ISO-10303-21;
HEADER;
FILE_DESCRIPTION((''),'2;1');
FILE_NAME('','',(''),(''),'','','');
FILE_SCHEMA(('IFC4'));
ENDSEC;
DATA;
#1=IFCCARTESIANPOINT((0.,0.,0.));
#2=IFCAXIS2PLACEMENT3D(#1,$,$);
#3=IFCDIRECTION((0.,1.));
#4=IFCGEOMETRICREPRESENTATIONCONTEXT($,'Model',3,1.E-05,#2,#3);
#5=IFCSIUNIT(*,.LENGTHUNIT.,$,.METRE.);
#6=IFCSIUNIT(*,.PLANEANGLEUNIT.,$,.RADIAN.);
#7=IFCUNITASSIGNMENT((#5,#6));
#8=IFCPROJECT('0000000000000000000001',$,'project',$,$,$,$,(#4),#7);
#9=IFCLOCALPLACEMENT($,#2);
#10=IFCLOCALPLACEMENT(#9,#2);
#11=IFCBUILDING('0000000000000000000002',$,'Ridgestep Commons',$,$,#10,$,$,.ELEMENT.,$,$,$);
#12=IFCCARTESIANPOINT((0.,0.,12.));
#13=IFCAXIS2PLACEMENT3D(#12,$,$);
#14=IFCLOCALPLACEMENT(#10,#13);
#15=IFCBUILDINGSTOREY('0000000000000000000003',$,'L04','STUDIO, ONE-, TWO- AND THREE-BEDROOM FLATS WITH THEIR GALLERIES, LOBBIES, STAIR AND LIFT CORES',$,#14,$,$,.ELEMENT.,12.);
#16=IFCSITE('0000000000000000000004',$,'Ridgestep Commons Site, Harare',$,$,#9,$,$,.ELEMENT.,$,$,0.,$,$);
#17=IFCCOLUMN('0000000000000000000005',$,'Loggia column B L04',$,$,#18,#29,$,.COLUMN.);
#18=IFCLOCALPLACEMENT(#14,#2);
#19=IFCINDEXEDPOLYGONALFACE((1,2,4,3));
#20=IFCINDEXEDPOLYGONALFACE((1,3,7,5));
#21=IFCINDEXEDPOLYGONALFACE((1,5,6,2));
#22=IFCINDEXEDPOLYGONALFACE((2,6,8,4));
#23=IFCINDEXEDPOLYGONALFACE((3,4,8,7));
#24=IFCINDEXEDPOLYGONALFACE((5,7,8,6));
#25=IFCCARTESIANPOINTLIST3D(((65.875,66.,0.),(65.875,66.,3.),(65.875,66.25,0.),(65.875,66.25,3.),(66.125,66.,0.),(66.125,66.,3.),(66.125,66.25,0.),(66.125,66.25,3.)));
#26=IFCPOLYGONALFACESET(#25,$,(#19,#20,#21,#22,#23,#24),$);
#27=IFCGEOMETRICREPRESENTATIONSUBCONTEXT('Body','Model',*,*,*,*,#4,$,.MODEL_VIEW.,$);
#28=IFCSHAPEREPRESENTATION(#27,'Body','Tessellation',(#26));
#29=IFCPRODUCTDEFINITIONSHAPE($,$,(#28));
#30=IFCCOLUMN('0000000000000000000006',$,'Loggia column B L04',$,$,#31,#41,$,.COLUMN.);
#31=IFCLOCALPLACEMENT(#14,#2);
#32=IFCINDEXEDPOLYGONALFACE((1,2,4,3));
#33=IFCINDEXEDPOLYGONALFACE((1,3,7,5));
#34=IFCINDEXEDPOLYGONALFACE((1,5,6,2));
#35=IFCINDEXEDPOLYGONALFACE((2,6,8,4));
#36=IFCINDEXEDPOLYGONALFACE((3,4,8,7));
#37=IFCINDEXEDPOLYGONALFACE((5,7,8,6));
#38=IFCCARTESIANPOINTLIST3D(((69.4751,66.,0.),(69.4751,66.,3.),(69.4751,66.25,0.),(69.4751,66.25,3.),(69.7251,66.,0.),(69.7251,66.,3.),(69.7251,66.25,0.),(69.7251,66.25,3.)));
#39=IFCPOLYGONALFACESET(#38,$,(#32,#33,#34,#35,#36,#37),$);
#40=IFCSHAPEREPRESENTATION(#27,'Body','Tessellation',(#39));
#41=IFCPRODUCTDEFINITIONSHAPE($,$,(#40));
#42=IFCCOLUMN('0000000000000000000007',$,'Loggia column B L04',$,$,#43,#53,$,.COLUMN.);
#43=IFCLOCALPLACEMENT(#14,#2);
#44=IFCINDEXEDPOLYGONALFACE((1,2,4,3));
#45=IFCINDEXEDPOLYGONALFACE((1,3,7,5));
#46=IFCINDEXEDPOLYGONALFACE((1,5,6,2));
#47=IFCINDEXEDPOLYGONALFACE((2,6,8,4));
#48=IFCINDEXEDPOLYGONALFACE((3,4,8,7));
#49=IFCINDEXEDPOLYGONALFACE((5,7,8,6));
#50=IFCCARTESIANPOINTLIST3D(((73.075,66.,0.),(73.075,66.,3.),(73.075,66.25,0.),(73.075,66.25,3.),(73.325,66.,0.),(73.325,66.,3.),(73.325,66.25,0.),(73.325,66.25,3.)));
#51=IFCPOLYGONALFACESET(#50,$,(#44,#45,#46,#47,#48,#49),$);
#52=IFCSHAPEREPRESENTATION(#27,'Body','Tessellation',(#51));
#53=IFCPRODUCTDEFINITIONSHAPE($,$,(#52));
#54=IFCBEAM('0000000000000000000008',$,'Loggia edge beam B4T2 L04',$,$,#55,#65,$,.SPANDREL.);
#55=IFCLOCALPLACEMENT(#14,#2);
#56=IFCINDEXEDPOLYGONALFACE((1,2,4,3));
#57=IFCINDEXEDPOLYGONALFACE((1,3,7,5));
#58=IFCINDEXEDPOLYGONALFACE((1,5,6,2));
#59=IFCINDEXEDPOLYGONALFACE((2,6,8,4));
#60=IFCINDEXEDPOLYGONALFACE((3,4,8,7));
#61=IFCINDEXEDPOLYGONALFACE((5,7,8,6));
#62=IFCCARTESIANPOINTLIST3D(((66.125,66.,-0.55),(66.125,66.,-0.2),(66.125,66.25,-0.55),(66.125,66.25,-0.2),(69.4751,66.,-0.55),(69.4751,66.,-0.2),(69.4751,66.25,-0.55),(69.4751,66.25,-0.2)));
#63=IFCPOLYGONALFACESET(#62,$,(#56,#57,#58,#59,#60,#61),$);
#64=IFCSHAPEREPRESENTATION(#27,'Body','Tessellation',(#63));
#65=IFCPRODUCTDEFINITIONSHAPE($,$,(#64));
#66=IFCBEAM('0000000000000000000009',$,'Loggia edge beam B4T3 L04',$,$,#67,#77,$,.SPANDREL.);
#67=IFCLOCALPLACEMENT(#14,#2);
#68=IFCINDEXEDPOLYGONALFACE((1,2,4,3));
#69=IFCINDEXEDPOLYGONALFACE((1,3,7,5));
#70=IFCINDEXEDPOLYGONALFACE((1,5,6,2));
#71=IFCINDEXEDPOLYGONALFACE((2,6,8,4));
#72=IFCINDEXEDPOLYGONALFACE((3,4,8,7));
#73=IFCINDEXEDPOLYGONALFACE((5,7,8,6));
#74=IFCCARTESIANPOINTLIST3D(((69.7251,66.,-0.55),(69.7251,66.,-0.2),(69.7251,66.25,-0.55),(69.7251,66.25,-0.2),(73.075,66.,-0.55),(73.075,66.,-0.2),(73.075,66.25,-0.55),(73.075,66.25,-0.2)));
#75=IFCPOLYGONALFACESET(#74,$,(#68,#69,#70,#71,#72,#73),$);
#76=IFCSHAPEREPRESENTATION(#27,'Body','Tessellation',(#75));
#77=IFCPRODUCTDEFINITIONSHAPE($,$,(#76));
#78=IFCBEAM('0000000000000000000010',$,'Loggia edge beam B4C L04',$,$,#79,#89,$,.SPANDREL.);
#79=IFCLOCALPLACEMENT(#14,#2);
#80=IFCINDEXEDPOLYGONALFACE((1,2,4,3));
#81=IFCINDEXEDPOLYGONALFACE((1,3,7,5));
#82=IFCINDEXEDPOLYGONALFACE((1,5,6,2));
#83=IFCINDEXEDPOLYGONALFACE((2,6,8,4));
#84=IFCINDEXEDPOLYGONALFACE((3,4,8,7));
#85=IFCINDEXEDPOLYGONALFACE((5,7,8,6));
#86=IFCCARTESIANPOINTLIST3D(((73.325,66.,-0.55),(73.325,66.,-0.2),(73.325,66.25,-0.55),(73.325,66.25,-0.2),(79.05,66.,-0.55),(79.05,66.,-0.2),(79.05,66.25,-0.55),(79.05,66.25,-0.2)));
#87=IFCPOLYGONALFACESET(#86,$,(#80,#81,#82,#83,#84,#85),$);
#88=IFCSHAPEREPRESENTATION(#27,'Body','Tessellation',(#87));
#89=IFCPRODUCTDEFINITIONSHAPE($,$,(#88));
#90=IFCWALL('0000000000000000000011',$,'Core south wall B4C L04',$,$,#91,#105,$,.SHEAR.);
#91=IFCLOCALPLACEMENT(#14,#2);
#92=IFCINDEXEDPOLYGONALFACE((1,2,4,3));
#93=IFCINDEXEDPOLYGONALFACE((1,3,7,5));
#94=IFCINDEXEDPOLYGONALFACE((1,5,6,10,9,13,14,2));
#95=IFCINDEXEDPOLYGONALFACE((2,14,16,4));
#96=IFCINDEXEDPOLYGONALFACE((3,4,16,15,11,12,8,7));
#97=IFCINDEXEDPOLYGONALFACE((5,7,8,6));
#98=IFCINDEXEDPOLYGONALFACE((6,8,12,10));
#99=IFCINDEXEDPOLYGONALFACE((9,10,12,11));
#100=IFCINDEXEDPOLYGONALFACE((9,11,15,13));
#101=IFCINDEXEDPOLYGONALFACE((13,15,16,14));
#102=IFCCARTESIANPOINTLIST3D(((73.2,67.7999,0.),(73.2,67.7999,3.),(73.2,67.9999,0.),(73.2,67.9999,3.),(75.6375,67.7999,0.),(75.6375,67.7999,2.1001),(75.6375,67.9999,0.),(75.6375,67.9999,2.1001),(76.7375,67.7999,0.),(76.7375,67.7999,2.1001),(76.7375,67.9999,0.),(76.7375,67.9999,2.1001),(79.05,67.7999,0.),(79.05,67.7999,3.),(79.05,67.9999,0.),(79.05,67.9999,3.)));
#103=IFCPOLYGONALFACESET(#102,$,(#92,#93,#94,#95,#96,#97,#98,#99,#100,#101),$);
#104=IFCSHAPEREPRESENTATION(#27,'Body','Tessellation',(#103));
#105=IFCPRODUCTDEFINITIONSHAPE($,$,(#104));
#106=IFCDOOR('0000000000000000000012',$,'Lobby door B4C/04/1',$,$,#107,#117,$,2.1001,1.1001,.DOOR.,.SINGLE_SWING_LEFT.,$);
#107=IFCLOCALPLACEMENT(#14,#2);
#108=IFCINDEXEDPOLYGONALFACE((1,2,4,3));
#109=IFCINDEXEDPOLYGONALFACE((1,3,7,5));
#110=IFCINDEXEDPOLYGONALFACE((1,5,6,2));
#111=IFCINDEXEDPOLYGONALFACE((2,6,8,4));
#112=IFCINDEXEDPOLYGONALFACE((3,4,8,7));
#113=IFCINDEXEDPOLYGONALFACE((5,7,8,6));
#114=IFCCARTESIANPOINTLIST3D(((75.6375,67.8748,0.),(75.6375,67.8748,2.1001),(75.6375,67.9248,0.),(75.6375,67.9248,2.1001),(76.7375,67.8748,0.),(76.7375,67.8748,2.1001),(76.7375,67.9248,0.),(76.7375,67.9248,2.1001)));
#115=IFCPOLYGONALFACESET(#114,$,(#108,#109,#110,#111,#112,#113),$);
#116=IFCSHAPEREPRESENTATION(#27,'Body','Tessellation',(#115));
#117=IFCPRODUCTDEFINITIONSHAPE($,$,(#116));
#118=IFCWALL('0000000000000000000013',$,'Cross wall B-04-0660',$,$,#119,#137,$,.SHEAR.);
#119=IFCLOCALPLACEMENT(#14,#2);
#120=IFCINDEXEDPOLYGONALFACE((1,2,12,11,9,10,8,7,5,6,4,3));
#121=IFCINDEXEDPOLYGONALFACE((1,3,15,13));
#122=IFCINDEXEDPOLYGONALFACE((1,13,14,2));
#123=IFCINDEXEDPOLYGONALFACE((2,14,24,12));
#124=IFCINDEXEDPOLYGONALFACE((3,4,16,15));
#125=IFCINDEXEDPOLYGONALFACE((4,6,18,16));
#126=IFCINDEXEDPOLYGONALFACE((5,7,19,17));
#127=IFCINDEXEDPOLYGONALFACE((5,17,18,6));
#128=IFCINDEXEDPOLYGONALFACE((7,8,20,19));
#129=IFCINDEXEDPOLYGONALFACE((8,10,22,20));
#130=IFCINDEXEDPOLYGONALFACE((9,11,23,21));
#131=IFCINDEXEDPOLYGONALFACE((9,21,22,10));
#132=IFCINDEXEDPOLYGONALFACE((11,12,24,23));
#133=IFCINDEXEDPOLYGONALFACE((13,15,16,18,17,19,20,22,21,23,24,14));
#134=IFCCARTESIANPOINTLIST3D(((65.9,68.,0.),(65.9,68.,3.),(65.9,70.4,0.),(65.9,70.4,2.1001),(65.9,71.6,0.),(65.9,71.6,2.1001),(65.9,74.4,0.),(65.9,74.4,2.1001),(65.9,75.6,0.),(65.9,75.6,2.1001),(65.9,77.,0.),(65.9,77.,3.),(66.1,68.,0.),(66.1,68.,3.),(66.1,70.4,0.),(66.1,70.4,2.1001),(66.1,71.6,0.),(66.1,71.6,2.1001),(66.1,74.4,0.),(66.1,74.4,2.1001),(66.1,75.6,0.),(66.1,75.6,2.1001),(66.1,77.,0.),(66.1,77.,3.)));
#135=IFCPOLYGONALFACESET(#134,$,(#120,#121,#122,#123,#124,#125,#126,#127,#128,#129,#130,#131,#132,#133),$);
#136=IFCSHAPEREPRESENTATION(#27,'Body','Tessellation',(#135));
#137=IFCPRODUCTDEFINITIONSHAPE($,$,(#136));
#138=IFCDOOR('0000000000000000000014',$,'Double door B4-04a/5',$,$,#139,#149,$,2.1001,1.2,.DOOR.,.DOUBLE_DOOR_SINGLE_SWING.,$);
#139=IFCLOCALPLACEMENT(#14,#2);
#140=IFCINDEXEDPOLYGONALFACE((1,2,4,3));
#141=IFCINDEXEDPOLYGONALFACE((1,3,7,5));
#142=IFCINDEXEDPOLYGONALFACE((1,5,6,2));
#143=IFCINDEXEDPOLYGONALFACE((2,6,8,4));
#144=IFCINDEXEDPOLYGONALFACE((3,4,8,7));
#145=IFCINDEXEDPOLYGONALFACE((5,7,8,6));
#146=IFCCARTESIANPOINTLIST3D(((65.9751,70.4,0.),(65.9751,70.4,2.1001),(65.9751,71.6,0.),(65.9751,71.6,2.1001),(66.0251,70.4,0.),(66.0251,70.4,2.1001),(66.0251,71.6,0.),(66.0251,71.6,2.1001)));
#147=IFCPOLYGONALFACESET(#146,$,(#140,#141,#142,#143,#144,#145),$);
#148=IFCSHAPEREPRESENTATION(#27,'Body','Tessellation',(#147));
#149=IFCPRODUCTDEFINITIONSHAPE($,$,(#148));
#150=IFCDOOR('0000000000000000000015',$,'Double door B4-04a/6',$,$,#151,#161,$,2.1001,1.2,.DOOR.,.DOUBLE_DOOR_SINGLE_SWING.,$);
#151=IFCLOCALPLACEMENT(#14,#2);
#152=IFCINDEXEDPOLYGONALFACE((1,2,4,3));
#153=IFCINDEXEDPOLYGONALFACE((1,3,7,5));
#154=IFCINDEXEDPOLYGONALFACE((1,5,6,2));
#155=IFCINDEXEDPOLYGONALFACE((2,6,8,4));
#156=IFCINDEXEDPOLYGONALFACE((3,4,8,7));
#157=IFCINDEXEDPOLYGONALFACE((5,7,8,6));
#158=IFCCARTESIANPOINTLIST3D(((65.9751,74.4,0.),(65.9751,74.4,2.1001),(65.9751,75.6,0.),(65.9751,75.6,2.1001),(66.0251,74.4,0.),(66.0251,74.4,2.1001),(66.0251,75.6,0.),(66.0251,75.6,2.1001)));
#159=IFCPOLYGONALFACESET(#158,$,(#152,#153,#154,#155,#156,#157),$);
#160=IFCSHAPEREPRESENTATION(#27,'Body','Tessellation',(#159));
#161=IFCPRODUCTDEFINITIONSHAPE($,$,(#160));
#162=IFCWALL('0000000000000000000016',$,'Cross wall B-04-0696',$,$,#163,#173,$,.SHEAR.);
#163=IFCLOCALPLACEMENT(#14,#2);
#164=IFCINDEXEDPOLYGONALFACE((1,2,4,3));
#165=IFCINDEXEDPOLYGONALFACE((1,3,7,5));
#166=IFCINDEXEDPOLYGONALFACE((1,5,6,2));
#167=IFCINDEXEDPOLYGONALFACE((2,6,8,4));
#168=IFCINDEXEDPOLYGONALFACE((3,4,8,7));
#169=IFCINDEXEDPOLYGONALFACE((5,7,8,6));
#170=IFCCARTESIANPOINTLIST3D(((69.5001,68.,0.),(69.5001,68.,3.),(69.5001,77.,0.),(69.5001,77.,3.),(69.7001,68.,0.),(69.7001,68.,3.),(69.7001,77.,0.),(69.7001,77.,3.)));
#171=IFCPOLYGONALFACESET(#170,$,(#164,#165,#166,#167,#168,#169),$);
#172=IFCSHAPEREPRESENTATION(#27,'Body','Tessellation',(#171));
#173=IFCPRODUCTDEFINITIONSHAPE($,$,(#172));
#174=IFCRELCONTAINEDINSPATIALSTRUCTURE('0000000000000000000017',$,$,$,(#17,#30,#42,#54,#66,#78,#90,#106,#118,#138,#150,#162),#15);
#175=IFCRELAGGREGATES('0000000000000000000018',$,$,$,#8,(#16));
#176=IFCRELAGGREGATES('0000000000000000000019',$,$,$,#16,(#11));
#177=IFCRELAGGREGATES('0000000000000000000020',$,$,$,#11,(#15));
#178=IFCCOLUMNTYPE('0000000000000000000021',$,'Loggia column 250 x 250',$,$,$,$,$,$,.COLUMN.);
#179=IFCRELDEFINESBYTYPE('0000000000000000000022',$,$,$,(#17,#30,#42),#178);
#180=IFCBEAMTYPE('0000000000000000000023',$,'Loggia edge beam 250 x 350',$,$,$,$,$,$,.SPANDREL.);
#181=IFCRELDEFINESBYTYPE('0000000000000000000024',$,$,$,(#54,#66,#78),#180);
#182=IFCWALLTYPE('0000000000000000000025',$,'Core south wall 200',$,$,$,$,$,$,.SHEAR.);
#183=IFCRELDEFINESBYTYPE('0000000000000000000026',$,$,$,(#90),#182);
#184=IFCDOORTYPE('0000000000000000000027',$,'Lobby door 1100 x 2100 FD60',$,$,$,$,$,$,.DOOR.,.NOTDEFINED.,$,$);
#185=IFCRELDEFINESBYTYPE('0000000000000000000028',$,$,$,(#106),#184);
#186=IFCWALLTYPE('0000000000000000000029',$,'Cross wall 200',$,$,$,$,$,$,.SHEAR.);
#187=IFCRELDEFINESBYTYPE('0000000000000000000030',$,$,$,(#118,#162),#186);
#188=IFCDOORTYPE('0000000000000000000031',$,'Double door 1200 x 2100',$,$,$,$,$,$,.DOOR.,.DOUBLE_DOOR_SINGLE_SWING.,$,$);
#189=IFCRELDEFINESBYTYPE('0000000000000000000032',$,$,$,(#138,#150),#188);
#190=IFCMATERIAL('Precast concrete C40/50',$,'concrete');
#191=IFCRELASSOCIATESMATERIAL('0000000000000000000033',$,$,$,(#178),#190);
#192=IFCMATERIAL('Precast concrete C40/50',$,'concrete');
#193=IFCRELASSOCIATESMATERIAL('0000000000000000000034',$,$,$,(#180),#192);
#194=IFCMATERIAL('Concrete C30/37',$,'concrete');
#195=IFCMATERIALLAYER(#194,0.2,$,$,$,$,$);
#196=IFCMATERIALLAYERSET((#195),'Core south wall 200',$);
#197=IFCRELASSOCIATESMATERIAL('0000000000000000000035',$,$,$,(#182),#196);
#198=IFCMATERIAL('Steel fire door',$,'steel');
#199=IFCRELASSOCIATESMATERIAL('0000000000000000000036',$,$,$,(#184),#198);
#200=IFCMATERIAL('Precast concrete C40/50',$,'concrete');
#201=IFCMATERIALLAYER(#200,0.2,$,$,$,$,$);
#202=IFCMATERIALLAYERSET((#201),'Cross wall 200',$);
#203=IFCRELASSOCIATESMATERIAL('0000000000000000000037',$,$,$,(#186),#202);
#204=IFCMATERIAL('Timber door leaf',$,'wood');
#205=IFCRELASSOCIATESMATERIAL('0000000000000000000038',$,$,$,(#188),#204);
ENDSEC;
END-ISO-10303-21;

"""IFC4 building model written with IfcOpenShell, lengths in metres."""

from ifc_helpers import new_model, si_unit, direction, frame, frame_2d, origin, origin_2d, place, context, subcontext, project, spatial, rectangle, extrude, material, layer, layer_set, material_profile, profile_set, type_object, element, fill, save


model = new_model("IFC4")

# Units and contexts
model_context = context("Model", 3, precision=1e-05, world=origin(), true_north=direction((0.0, 1.0)))
body_context = subcontext(model_context, "Body", "Model", "MODEL_VIEW")
ifc_project = project(units=[si_unit("LENGTHUNIT", "METRE"), si_unit("PLANEANGLEUNIT", "RADIAN")], contexts=[model_context])

# Site, building, storey
site_placement = place(None, origin())
site = spatial("IfcSite", under=ifc_project, at=site_placement, Name="Ridgestep Commons Site, Harare", CompositionType="ELEMENT", RefElevation=0.0)
building_placement = place(site_placement, origin())
building = spatial("IfcBuilding", under=site, at=building_placement, Name="Ridgestep Commons", CompositionType="ELEMENT")
storey_placement = place(building_placement, frame((0.0, 0.0, 12.0)))
storey = spatial("IfcBuildingStorey", under=building, at=storey_placement, Name="L04", Description="STUDIO, ONE-, TWO- AND THREE-BEDROOM FLATS WITH THEIR GALLERIES, LOBBIES, STAIR AND LIFT CORES", CompositionType="ELEMENT", Elevation=12.0)

# Columns
ifc_material_1 = material(Name="Precast concrete C40/50", Category="concrete")
ifc_material_profile_1 = material_profile(ifc_material_1, rectangle(XDim=0.25, YDim=0.25, at=origin_2d()), Name="PC 250x250")
ifc_profile_set_1 = profile_set([ifc_material_profile_1], Name="Precast concrete C40/50")
column_type = type_object("IfcColumnType", Name="Loggia column 250 x 250", PredefinedType="COLUMN", material=ifc_profile_set_1)
for number, where, z_axis, x_axis, name in (
    (1, (66.0, 66.125, 0.0), (0.0, 0.0, 1.0), (1.0, 0.0, 0.0), "Loggia column B L04"),
    (2, (69.6001, 66.125, 0.0), (0.0, 0.0, 1.0), (1.0, 0.0, 0.0), "Loggia column B L04"),
    (3, (73.2, 66.125, 0.0), (0.0, 0.0, 1.0), (1.0, 0.0, 0.0), "Loggia column B L04"),
):
    element("IfcColumn", number, at=place(storey_placement, frame(where, z_axis=z_axis, x_axis=x_axis)), inside=storey, type_object=column_type, Name=name, PredefinedType="COLUMN", context=body_context, shape_type="SweptSolid", body=[
        extrude(rectangle(XDim=0.25, YDim=0.25, at=origin_2d()), origin(), (0.0, 0.0, 1.0), 3.0),
    ])

# Beams
ifc_material_2 = material(Name="Precast concrete C40/50", Category="concrete")
ifc_material_profile_2 = material_profile(ifc_material_2, rectangle(XDim=0.25, YDim=0.3501, at=origin_2d()), Name="PC 250x350")
ifc_profile_set_2 = profile_set([ifc_material_profile_2], Name="Precast concrete C40/50")
beam_type = type_object("IfcBeamType", Name="Loggia edge beam 250 x 350", PredefinedType="SPANDREL", material=ifc_profile_set_2)
beam_1_placement = place(storey_placement, frame((66.125, 66.125, -0.375), z_axis=(1.0, 0.0, 0.0), x_axis=(0.0, 1.0, 0.0)))
element("IfcBeam", 4, at=beam_1_placement, inside=storey, type_object=beam_type, Name="Loggia edge beam B4T2 L04", PredefinedType="SPANDREL", context=body_context, shape_type="SweptSolid", body=[
    extrude(rectangle(XDim=0.25, YDim=0.3501, at=origin_2d()), origin(), (0.0, 0.0, 1.0), 3.3501),
])
beam_2_placement = place(storey_placement, frame((69.7251, 66.125, -0.375), z_axis=(1.0, 0.0, 0.0), x_axis=(0.0, 1.0, 0.0)))
element("IfcBeam", 5, at=beam_2_placement, inside=storey, type_object=beam_type, Name="Loggia edge beam B4T3 L04", PredefinedType="SPANDREL", context=body_context, shape_type="SweptSolid", body=[
    extrude(rectangle(XDim=0.25, YDim=0.3501, at=origin_2d()), origin(), (0.0, 0.0, 1.0), 3.3499),
])
beam_3_placement = place(storey_placement, frame((73.325, 66.125, -0.375), z_axis=(1.0, 0.0, 0.0), x_axis=(0.0, 1.0, 0.0)))
element("IfcBeam", 6, at=beam_3_placement, inside=storey, type_object=beam_type, Name="Loggia edge beam B4C L04", PredefinedType="SPANDREL", context=body_context, shape_type="SweptSolid", body=[
    extrude(rectangle(XDim=0.25, YDim=0.3501, at=origin_2d()), origin(), (0.0, 0.0, 1.0), 5.7251),
])

# Wall, opening, door
ifc_material_3 = material(Name="Concrete C30/37", Category="concrete")
ifc_layer_1 = layer(ifc_material_3, 0.2)
ifc_layer_set_1 = layer_set([ifc_layer_1], Name="Core south wall 200")
wall_type_1 = type_object("IfcWallType", Name="Core south wall 200", PredefinedType="SHEAR", material=ifc_layer_set_1)
wall_1_placement = place(storey_placement, frame((73.2, 67.8999, 0.0), z_axis=(0.0, 0.0, 1.0), x_axis=(1.0, 0.0, 0.0)))
wall_1 = element("IfcWall", 7, at=wall_1_placement, inside=storey, type_object=wall_type_1, Name="Core south wall B4C L04", PredefinedType="SHEAR", context=body_context, shape_type="SweptSolid", body=[
    extrude(rectangle(XDim=5.8501, YDim=0.2, at=frame_2d((2.925, 0.0))), origin(), (0.0, 0.0, 1.0), 3.0),
])
opening_1_placement = place(wall_1_placement, frame((2.4375, 0.0, 0.0)))
opening_1 = element("IfcOpeningElement", 8, at=opening_1_placement, cuts=wall_1, PredefinedType="OPENING", context=body_context, shape_type="SweptSolid", body=[
    extrude(rectangle(XDim=1.1001, YDim=2.1001, at=frame_2d((0.55, 1.05))), frame((0.0, 0.1099, 0.0), z_axis=(0.0, -1.0, 0.0), x_axis=(1.0, 0.0, 0.0)), (0.0, 0.0, 1.0), 0.22),
])
ifc_material_4 = material(Name="Steel fire door", Category="steel")
door_type_1 = type_object("IfcDoorType", Name="Lobby door 1100 x 2100 FD60", OperationType="NOTDEFINED", PredefinedType="DOOR", material=ifc_material_4)
door_1_placement = place(opening_1_placement, origin())
door_1 = element("IfcDoor", 9, at=door_1_placement, inside=storey, type_object=door_type_1, Name="Lobby door B4C/04/1", OperationType="SINGLE_SWING_LEFT", OverallHeight=2.1001, OverallWidth=1.1001, PredefinedType="DOOR", context=body_context, shape_type="SweptSolid", body=[
    extrude(rectangle(XDim=1.1001, YDim=2.1001, at=frame_2d((0.55, 1.05))), frame((0.0, 0.0249, 0.0), z_axis=(0.0, -1.0, 0.0), x_axis=(1.0, 0.0, 0.0)), (0.0, 0.0, 1.0), 0.05),
])
fill(opening_1, door_1)

# Wall, openings, doors
ifc_material_5 = material(Name="Precast concrete C40/50", Category="concrete")
ifc_layer_2 = layer(ifc_material_5, 0.2)
ifc_layer_set_2 = layer_set([ifc_layer_2], Name="Cross wall 200")
wall_type_2 = type_object("IfcWallType", Name="Cross wall 200", PredefinedType="SHEAR", material=ifc_layer_set_2)
wall_2_placement = place(storey_placement, frame((66.0, 68.0, 0.0), z_axis=(0.0, 0.0, 1.0), x_axis=(0.0, 1.0, 0.0)))
wall_2 = element("IfcWall", 10, at=wall_2_placement, inside=storey, type_object=wall_type_2, Name="Cross wall B-04-0660", PredefinedType="SHEAR", context=body_context, shape_type="SweptSolid", body=[
    extrude(rectangle(XDim=9.0, YDim=0.2, at=frame_2d((4.5, 0.0))), origin(), (0.0, 0.0, 1.0), 3.0),
])
opening_2_placement = place(wall_2_placement, frame((2.3999, 0.0, 0.0)))
opening_2 = element("IfcOpeningElement", 11, at=opening_2_placement, cuts=wall_2, PredefinedType="OPENING", context=body_context, shape_type="SweptSolid", body=[
    extrude(rectangle(XDim=1.2, YDim=2.1001, at=frame_2d((0.6001, 1.05))), frame((0.0, 0.1099, 0.0), z_axis=(0.0, -1.0, 0.0), x_axis=(1.0, 0.0, 0.0)), (0.0, 0.0, 1.0), 0.22),
])
opening_3_placement = place(wall_2_placement, frame((6.3999, 0.0, 0.0)))
opening_3 = element("IfcOpeningElement", 12, at=opening_3_placement, cuts=wall_2, PredefinedType="OPENING", context=body_context, shape_type="SweptSolid", body=[
    extrude(rectangle(XDim=1.2, YDim=2.1001, at=frame_2d((0.6001, 1.05))), frame((0.0, 0.1099, 0.0), z_axis=(0.0, -1.0, 0.0), x_axis=(1.0, 0.0, 0.0)), (0.0, 0.0, 1.0), 0.22),
])
ifc_material_6 = material(Name="Timber door leaf", Category="wood")
door_type_2 = type_object("IfcDoorType", Name="Double door 1200 x 2100", OperationType="DOUBLE_DOOR_SINGLE_SWING", PredefinedType="DOOR", material=ifc_material_6)
door_2_placement = place(opening_2_placement, origin())
door_2 = element("IfcDoor", 13, at=door_2_placement, inside=storey, type_object=door_type_2, Name="Double door B4-04a/5", OperationType="DOUBLE_DOOR_SINGLE_SWING", OverallHeight=2.1001, OverallWidth=1.2, PredefinedType="DOOR", context=body_context, shape_type="SweptSolid", body=[
    extrude(rectangle(XDim=1.2, YDim=2.1001, at=frame_2d((0.6001, 1.05))), frame((0.0, 0.0249, 0.0), z_axis=(0.0, -1.0, 0.0), x_axis=(1.0, 0.0, 0.0)), (0.0, 0.0, 1.0), 0.05),
])
fill(opening_2, door_2)
door_3_placement = place(opening_3_placement, origin())
door_3 = element("IfcDoor", 14, at=door_3_placement, inside=storey, type_object=door_type_2, Name="Double door B4-04a/6", OperationType="DOUBLE_DOOR_SINGLE_SWING", OverallHeight=2.1001, OverallWidth=1.2, PredefinedType="DOOR", context=body_context, shape_type="SweptSolid", body=[
    extrude(rectangle(XDim=1.2, YDim=2.1001, at=frame_2d((0.6001, 1.05))), frame((0.0, 0.0249, 0.0), z_axis=(0.0, -1.0, 0.0), x_axis=(1.0, 0.0, 0.0)), (0.0, 0.0, 1.0), 0.05),
])
fill(opening_3, door_3)

# Wall
wall_3_placement = place(storey_placement, frame((69.6001, 68.0, 0.0), z_axis=(0.0, 0.0, 1.0), x_axis=(0.0, 1.0, 0.0)))
element("IfcWall", 15, at=wall_3_placement, inside=storey, type_object=wall_type_2, Name="Cross wall B-04-0696", PredefinedType="SHEAR", context=body_context, shape_type="SweptSolid", body=[
    extrude(rectangle(XDim=9.0, YDim=0.2, at=frame_2d((4.5, 0.0))), origin(), (0.0, 0.0, 1.0), 3.0),
])

save(model, "model.ifc")
